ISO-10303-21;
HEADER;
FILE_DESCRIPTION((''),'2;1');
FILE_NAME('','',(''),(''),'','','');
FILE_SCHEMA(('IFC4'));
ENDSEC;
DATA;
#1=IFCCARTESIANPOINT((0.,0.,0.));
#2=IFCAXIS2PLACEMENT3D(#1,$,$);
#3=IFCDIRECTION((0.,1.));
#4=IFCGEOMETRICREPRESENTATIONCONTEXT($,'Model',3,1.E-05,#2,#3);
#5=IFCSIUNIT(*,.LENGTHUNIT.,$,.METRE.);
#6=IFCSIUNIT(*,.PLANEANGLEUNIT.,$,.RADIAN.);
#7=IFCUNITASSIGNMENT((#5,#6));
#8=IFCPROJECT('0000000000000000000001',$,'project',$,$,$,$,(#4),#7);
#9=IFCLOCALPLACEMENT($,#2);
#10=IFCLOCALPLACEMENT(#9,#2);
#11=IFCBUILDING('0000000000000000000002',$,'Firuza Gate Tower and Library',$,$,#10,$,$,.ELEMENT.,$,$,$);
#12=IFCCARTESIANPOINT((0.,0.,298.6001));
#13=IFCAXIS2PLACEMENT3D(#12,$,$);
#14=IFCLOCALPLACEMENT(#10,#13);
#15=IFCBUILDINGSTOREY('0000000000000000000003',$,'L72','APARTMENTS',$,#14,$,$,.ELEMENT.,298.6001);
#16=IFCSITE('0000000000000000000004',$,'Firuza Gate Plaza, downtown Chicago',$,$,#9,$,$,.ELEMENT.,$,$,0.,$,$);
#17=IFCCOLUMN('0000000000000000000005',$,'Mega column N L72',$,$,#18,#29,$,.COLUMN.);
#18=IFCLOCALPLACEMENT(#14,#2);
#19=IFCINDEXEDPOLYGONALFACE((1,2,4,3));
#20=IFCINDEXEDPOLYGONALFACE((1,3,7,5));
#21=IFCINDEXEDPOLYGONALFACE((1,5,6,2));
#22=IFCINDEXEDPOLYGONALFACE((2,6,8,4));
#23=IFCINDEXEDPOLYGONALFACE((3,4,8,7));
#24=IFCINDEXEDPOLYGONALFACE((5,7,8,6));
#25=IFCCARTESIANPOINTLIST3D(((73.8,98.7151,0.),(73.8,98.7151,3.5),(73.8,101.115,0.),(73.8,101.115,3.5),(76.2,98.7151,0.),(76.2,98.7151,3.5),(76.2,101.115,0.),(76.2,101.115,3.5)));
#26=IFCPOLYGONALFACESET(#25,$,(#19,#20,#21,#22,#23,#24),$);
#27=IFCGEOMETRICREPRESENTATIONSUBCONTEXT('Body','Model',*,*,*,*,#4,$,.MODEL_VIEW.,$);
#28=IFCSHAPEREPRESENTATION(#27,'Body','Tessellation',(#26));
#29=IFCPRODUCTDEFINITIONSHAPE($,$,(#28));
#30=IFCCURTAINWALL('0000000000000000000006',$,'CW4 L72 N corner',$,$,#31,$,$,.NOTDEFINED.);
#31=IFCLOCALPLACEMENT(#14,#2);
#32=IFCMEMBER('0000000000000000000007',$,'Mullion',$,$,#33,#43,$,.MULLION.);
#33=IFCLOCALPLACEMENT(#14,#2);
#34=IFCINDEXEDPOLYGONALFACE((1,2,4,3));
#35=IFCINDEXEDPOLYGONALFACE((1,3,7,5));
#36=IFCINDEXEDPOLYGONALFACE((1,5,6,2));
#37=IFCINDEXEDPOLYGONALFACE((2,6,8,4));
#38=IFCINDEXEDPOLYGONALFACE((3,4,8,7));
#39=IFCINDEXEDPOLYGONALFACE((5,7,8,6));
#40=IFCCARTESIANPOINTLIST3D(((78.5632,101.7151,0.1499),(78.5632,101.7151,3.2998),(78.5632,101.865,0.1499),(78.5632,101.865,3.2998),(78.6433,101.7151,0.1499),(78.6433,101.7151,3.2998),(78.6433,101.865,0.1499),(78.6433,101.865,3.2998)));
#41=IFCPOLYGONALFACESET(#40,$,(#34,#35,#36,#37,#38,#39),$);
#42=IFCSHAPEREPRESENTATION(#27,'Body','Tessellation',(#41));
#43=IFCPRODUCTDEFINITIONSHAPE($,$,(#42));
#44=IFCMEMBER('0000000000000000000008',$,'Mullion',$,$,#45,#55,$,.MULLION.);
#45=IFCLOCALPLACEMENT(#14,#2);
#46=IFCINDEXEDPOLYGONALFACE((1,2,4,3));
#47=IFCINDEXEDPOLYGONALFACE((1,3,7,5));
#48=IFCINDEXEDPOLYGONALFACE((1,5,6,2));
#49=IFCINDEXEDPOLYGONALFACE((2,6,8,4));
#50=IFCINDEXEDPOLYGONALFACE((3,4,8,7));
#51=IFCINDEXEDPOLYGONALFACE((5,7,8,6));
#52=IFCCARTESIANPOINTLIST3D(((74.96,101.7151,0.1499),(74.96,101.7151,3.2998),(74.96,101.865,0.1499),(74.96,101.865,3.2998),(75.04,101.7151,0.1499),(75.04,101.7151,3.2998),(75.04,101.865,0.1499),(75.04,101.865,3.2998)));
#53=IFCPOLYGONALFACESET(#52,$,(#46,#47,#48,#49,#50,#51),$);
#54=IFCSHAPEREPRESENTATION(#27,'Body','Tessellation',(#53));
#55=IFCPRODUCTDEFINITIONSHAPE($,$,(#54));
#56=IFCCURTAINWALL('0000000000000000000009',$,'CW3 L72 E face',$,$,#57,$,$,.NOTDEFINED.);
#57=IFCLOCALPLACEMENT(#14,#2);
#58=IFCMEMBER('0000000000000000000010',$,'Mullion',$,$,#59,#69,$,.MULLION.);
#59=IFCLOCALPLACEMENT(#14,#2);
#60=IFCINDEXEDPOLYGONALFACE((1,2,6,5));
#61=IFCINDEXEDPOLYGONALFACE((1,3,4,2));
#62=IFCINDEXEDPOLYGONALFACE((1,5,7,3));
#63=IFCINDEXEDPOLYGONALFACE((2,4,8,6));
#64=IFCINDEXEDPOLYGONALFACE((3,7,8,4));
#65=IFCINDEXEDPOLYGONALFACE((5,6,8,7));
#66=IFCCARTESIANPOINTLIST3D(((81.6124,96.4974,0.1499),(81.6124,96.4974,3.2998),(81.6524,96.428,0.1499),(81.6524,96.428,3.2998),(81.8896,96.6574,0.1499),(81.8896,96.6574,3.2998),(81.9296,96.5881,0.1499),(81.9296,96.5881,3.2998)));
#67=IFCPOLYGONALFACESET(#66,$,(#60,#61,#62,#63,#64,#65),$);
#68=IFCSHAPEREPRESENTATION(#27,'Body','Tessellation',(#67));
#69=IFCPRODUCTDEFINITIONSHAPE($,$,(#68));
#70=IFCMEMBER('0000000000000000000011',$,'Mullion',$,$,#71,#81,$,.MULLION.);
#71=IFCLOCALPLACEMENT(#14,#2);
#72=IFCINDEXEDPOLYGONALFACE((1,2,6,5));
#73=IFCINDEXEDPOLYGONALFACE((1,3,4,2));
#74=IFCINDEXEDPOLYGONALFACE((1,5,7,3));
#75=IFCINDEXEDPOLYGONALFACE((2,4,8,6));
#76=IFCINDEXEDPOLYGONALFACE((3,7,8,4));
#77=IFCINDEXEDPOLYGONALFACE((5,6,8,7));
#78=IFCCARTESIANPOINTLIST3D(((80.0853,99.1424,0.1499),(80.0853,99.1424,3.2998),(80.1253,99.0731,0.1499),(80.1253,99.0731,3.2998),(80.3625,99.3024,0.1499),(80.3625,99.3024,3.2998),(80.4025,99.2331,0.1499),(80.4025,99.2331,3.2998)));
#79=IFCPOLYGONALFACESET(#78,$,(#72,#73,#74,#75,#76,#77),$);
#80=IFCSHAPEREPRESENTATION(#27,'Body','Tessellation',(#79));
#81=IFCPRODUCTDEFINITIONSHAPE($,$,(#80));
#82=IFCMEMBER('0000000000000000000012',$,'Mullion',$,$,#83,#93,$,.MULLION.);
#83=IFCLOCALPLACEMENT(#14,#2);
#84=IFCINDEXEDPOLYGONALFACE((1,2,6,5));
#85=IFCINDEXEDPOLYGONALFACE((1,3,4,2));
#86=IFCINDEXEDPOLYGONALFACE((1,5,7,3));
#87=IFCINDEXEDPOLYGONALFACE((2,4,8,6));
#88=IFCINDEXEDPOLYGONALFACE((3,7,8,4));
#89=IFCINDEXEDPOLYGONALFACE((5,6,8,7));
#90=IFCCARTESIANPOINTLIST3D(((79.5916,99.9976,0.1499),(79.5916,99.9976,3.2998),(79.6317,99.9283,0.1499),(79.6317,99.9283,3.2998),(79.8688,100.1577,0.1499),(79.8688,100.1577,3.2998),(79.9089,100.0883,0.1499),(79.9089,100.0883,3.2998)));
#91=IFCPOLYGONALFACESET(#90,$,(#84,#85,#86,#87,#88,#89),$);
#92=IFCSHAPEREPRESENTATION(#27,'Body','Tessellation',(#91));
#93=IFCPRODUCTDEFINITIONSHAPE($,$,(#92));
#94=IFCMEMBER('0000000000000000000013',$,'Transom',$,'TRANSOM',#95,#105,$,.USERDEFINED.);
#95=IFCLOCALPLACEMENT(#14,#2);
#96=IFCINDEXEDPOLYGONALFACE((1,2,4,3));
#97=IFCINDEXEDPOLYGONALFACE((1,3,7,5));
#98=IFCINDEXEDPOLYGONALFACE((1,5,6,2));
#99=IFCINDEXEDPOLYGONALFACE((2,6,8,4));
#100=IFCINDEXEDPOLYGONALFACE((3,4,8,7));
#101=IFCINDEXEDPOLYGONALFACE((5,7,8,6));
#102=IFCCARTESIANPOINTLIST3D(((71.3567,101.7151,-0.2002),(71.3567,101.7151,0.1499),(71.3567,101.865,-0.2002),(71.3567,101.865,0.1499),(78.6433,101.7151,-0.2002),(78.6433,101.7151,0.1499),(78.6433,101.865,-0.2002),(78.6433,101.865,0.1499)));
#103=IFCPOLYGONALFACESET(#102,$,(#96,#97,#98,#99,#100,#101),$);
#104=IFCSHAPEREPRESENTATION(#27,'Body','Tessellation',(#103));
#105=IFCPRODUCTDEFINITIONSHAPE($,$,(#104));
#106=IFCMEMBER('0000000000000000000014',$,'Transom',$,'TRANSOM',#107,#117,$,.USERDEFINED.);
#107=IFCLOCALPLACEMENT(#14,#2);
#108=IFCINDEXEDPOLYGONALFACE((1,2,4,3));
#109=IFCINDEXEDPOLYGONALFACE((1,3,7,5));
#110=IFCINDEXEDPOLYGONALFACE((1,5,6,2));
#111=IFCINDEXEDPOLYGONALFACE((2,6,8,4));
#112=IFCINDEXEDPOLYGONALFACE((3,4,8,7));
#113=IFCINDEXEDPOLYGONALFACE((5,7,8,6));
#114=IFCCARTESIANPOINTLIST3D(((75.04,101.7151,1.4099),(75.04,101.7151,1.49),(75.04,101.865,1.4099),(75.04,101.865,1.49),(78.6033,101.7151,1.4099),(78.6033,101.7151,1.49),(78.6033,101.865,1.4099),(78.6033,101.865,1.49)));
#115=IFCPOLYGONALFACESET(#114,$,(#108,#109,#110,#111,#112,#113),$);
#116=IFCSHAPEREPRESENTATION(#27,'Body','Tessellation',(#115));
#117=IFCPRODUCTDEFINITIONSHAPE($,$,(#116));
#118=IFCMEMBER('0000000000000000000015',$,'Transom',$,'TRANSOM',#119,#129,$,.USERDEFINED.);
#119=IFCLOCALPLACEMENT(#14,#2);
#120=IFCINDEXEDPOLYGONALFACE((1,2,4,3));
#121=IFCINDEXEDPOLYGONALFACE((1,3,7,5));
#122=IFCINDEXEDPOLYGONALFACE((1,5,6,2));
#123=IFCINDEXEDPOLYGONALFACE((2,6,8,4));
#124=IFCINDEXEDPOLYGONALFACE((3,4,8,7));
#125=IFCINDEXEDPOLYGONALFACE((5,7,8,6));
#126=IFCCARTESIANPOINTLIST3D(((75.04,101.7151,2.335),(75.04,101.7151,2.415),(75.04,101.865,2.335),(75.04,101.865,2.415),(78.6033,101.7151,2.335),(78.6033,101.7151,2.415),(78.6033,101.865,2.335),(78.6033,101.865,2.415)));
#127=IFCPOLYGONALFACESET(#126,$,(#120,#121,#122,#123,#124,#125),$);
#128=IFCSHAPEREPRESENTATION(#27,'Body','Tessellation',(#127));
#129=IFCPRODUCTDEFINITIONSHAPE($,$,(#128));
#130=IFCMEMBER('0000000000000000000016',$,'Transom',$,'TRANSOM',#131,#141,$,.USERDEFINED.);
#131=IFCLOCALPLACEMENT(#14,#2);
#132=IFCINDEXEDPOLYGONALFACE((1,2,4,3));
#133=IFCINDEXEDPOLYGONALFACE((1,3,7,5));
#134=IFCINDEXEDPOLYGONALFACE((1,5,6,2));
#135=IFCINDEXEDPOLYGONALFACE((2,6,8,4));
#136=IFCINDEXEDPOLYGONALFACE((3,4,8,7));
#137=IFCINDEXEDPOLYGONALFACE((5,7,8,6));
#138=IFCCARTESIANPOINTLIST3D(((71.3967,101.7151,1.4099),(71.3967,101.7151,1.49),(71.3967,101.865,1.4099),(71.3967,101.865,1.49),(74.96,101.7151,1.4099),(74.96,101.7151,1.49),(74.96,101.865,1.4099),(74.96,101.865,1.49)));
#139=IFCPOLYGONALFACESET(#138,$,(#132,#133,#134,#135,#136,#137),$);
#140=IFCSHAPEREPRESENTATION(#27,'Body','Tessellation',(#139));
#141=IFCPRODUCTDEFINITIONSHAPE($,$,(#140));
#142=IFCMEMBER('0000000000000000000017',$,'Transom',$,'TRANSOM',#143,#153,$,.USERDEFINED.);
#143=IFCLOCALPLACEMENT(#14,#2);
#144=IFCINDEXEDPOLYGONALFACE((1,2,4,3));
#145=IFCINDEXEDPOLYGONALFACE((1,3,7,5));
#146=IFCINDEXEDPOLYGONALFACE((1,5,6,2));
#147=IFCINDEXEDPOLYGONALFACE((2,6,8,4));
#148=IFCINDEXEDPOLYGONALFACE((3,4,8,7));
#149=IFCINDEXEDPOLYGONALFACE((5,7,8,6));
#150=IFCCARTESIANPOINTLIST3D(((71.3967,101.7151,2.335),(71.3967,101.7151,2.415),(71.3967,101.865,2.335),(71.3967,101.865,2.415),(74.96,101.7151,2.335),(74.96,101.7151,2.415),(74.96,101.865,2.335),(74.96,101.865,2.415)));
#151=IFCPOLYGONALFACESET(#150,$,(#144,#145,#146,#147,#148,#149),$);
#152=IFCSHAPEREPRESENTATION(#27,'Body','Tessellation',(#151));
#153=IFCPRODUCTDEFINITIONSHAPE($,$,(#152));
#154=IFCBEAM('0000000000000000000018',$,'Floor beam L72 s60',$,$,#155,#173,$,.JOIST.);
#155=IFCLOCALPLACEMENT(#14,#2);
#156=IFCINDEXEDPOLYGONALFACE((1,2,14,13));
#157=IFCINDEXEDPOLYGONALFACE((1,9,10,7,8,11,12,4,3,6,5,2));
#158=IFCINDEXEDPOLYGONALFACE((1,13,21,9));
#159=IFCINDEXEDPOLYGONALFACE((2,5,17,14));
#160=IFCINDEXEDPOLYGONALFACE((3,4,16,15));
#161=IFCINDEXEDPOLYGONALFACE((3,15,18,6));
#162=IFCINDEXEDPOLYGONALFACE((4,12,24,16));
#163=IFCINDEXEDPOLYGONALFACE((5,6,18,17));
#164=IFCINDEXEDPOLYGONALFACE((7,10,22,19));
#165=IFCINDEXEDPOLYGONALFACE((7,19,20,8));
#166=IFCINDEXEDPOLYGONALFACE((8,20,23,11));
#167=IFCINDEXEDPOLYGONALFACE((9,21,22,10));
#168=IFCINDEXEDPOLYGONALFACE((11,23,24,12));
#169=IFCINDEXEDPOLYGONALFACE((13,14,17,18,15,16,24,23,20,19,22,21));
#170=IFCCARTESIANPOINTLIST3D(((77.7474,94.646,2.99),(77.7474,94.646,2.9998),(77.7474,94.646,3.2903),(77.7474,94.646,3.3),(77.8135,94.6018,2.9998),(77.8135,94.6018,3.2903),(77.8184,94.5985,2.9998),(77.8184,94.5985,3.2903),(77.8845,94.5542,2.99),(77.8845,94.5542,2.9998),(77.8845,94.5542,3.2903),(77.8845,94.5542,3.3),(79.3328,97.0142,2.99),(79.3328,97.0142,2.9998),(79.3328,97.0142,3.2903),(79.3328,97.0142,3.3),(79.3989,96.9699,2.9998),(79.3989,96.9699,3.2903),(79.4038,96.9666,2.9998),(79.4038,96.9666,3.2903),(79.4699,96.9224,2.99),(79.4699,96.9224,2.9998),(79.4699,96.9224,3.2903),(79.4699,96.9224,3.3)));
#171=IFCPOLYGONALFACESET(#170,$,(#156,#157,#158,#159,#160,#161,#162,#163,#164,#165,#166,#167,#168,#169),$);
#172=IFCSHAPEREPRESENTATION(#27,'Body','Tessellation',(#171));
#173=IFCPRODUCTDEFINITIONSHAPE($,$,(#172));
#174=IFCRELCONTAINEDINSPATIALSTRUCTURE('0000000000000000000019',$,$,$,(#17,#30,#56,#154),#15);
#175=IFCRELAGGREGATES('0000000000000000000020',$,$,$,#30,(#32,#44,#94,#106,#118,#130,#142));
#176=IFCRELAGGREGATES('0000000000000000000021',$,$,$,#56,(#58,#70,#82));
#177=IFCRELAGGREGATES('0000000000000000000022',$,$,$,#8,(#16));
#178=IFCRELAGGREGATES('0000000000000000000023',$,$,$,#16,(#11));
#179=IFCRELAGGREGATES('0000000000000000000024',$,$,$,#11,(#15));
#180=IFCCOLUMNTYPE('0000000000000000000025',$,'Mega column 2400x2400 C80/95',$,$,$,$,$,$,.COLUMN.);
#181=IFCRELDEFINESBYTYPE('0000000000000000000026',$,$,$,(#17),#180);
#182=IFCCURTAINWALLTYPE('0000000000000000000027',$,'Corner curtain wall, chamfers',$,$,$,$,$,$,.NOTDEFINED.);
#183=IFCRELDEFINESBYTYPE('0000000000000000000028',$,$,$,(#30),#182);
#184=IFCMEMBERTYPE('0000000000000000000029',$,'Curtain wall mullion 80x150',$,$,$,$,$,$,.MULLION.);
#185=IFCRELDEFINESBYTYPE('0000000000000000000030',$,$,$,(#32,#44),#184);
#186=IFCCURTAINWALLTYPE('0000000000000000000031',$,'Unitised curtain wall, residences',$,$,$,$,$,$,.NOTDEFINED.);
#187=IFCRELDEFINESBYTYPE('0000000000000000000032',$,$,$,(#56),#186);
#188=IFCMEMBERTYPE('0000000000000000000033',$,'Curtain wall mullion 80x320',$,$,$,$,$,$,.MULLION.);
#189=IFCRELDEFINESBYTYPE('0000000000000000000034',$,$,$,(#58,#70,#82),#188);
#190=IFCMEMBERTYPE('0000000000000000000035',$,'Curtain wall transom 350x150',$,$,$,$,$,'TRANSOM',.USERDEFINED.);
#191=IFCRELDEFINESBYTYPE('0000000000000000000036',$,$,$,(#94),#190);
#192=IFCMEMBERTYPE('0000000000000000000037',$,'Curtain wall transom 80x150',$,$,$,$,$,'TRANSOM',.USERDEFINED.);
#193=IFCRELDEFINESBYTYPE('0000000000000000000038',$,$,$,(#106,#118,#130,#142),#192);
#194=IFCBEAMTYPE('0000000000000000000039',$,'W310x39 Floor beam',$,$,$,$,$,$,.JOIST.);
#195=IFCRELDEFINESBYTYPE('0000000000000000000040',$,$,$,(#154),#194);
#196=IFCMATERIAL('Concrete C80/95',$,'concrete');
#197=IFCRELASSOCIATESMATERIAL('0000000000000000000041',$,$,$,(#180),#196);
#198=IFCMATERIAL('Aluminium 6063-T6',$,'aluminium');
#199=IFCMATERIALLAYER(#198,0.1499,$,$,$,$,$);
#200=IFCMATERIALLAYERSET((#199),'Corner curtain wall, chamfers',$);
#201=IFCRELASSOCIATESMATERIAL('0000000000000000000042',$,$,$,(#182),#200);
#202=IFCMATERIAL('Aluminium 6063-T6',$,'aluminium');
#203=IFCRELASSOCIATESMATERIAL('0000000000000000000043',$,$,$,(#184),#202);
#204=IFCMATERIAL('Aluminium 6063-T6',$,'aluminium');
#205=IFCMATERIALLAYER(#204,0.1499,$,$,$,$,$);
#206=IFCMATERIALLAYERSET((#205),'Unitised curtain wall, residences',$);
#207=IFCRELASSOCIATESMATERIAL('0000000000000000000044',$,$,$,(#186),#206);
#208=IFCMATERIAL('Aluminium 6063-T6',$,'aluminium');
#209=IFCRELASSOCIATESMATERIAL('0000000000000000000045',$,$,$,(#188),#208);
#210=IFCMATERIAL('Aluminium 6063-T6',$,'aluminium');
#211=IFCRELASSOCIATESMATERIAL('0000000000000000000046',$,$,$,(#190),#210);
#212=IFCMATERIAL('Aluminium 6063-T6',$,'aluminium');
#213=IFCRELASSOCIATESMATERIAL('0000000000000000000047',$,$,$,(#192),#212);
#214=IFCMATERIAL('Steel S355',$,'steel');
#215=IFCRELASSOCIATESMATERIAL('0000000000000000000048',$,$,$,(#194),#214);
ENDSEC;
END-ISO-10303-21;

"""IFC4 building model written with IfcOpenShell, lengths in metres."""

from ifc_helpers import new_model, si_unit, direction, frame, origin, origin_2d, place, context, subcontext, project, spatial, rectangle, i_section, extrude, material, layer, layer_set, material_profile, profile_set, type_object, element, aggregate, save


model = new_model("IFC4")

# Units and contexts
model_context = context("Model", 3, precision=1e-05, world=origin(), true_north=direction((0.0, 1.0)))
body_context = subcontext(model_context, "Body", "Model", "MODEL_VIEW")
ifc_project = project(units=[si_unit("LENGTHUNIT", "METRE"), si_unit("PLANEANGLEUNIT", "RADIAN")], contexts=[model_context])

# Site, building, storey
site_placement = place(None, origin())
site = spatial("IfcSite", under=ifc_project, at=site_placement, Name="Firuza Gate Plaza, downtown Chicago", CompositionType="ELEMENT", RefElevation=0.0)
building_placement = place(site_placement, origin())
building = spatial("IfcBuilding", under=site, at=building_placement, Name="Firuza Gate Tower and Library", CompositionType="ELEMENT")
storey_placement = place(building_placement, frame((0.0, 0.0, 298.6001)))
storey = spatial("IfcBuildingStorey", under=building, at=storey_placement, Name="L72", Description="APARTMENTS", CompositionType="ELEMENT", Elevation=298.6001)

# Column
ifc_material_1 = material(Name="Concrete C80/95", Category="concrete")
ifc_material_profile_1 = material_profile(ifc_material_1, rectangle(XDim=2.3999, YDim=2.3999, at=origin_2d()))
ifc_profile_set_1 = profile_set([ifc_material_profile_1], Name="Concrete C80/95")
column_type = type_object("IfcColumnType", Name="Mega column 2400x2400 C80/95", PredefinedType="COLUMN", material=ifc_profile_set_1)
column_placement = place(storey_placement, frame((75.0, 99.915, 0.0), z_axis=(0.0, 0.0, 1.0), x_axis=(-1.0, 0.0, 0.0)))
element("IfcColumn", 1, at=column_placement, inside=storey, type_object=column_type, Name="Mega column N L72", PredefinedType="COLUMN", context=body_context, shape_type="SweptSolid", body=[
    extrude(rectangle(XDim=2.3999, YDim=2.3999, at=origin_2d()), origin(), (0.0, 0.0, 1.0), 3.5),
])

# Curtain walls, members
ifc_material_2 = material(Name="Aluminium 6063-T6", Category="aluminium")
ifc_layer_1 = layer(ifc_material_2, 0.1499)
ifc_layer_set_1 = layer_set([ifc_layer_1], Name="Corner curtain wall, chamfers")
curtain_wall_type_1 = type_object("IfcCurtainWallType", Name="Corner curtain wall, chamfers", PredefinedType="NOTDEFINED", material=ifc_layer_set_1)
placement = place(storey_placement, origin())
curtain_wall_1 = element("IfcCurtainWall", 2, at=placement, inside=storey, type_object=curtain_wall_type_1, Name="CW4 L72 N corner", PredefinedType="NOTDEFINED")
ifc_material_3 = material(Name="Aluminium 6063-T6", Category="aluminium")
ifc_material_profile_2 = material_profile(ifc_material_3, rectangle(XDim=0.1499, YDim=0.0801, at=origin_2d()))
ifc_profile_set_2 = profile_set([ifc_material_profile_2], Name="Aluminium 6063-T6")
member_type_1 = type_object("IfcMemberType", Name="Curtain wall mullion 80x150", PredefinedType="MULLION", material=ifc_profile_set_2)
member_1_placement = place(storey_placement, frame((78.6033, 101.79, 0.1499), z_axis=(0.0, 0.0, 1.0), x_axis=(0.0, -1.0, 0.0)))
member_1 = element("IfcMember", 3, at=member_1_placement, type_object=member_type_1, Name="Mullion", PredefinedType="MULLION", context=body_context, shape_type="SweptSolid", body=[
    extrude(rectangle(XDim=0.1499, YDim=0.0801, at=origin_2d()), origin(), (0.0, 0.0, 1.0), 3.1499),
])
member_2_placement = place(storey_placement, frame((75.0, 101.79, 0.1499), z_axis=(0.0, 0.0, 1.0), x_axis=(0.0, -1.0, 0.0)))
member_2 = element("IfcMember", 4, at=member_2_placement, type_object=member_type_1, Name="Mullion", PredefinedType="MULLION", context=body_context, shape_type="SweptSolid", body=[
    extrude(rectangle(XDim=0.1499, YDim=0.0801, at=origin_2d()), origin(), (0.0, 0.0, 1.0), 3.1499),
])
ifc_material_4 = material(Name="Aluminium 6063-T6", Category="aluminium")
ifc_layer_2 = layer(ifc_material_4, 0.1499)
ifc_layer_set_2 = layer_set([ifc_layer_2], Name="Unitised curtain wall, residences")
curtain_wall_type_2 = type_object("IfcCurtainWallType", Name="Unitised curtain wall, residences", PredefinedType="NOTDEFINED", material=ifc_layer_set_2)
curtain_wall_2 = element("IfcCurtainWall", 5, at=placement, inside=storey, type_object=curtain_wall_type_2, Name="CW3 L72 E face", PredefinedType="NOTDEFINED")
ifc_material_5 = material(Name="Aluminium 6063-T6", Category="aluminium")
ifc_material_profile_3 = material_profile(ifc_material_5, rectangle(XDim=0.3201, YDim=0.0801, at=origin_2d()))
ifc_profile_set_3 = profile_set([ifc_material_profile_3], Name="Aluminium 6063-T6")
member_type_2 = type_object("IfcMemberType", Name="Curtain wall mullion 80x320", PredefinedType="MULLION", material=ifc_profile_set_3)
member_3_placement = place(storey_placement, frame((81.771, 96.5427, 0.1499), z_axis=(0.0, 0.0, 1.0), x_axis=(-0.866025, -0.5, 0.0)))
member_3 = element("IfcMember", 6, at=member_3_placement, type_object=member_type_2, Name="Mullion", PredefinedType="MULLION", context=body_context, shape_type="SweptSolid", body=[
    extrude(rectangle(XDim=0.3201, YDim=0.0801, at=origin_2d()), origin(), (0.0, 0.0, 1.0), 3.1499),
])
member_4_placement = place(storey_placement, frame((80.2439, 99.1877, 0.1499), z_axis=(0.0, 0.0, 1.0), x_axis=(-0.866025, -0.5, 0.0)))
member_4 = element("IfcMember", 7, at=member_4_placement, type_object=member_type_2, Name="Mullion", PredefinedType="MULLION", context=body_context, shape_type="SweptSolid", body=[
    extrude(rectangle(XDim=0.3201, YDim=0.0801, at=origin_2d()), origin(), (0.0, 0.0, 1.0), 3.1499),
])
member_5_placement = place(storey_placement, frame((79.7502, 100.043, 0.1499), z_axis=(0.0, 0.0, 1.0), x_axis=(-0.866025, -0.5, 0.0)))
member_5 = element("IfcMember", 8, at=member_5_placement, type_object=member_type_2, Name="Mullion", PredefinedType="MULLION", context=body_context, shape_type="SweptSolid", body=[
    extrude(rectangle(XDim=0.3201, YDim=0.0801, at=origin_2d()), origin(), (0.0, 0.0, 1.0), 3.1499),
])

# Members
ifc_material_6 = material(Name="Aluminium 6063-T6", Category="aluminium")
ifc_material_profile_4 = material_profile(ifc_material_6, rectangle(XDim=0.1499, YDim=0.3501, at=origin_2d()))
ifc_profile_set_4 = profile_set([ifc_material_profile_4], Name="Aluminium 6063-T6")
member_type_3 = type_object("IfcMemberType", Name="Curtain wall transom 350x150", ElementType="TRANSOM", PredefinedType="USERDEFINED", material=ifc_profile_set_4)
member_6_placement = place(storey_placement, frame((78.6433, 101.79, -0.0251), z_axis=(-1.0, 0.0, 0.0), x_axis=(0.0, -1.0, 0.0)))
member_6 = element("IfcMember", 9, at=member_6_placement, type_object=member_type_3, Name="Transom", ObjectType="TRANSOM", PredefinedType="USERDEFINED", context=body_context, shape_type="SweptSolid", body=[
    extrude(rectangle(XDim=0.1499, YDim=0.3501, at=origin_2d()), origin(), (0.0, 0.0, 1.0), 7.2866),
])
ifc_material_7 = material(Name="Aluminium 6063-T6", Category="aluminium")
ifc_material_profile_5 = material_profile(ifc_material_7, rectangle(XDim=0.1499, YDim=0.0801, at=origin_2d()))
ifc_profile_set_5 = profile_set([ifc_material_profile_5], Name="Aluminium 6063-T6")
member_type_4 = type_object("IfcMemberType", Name="Curtain wall transom 80x150", ElementType="TRANSOM", PredefinedType="USERDEFINED", material=ifc_profile_set_5)
member_7_placement = place(storey_placement, frame((78.6033, 101.79, 1.45), z_axis=(-1.0, 0.0, 0.0), x_axis=(0.0, -1.0, 0.0)))
member_7 = element("IfcMember", 10, at=member_7_placement, type_object=member_type_4, Name="Transom", ObjectType="TRANSOM", PredefinedType="USERDEFINED", context=body_context, shape_type="SweptSolid", body=[
    extrude(rectangle(XDim=0.1499, YDim=0.0801, at=origin_2d()), origin(), (0.0, 0.0, 1.0), 3.5632),
])
member_8_placement = place(storey_placement, frame((78.6033, 101.79, 2.375), z_axis=(-1.0, 0.0, 0.0), x_axis=(0.0, -1.0, 0.0)))
member_8 = element("IfcMember", 11, at=member_8_placement, type_object=member_type_4, Name="Transom", ObjectType="TRANSOM", PredefinedType="USERDEFINED", context=body_context, shape_type="SweptSolid", body=[
    extrude(rectangle(XDim=0.1499, YDim=0.0801, at=origin_2d()), origin(), (0.0, 0.0, 1.0), 3.5632),
])
member_9_placement = place(storey_placement, frame((74.96, 101.79, 1.45), z_axis=(-1.0, 0.0, 0.0), x_axis=(0.0, -1.0, 0.0)))
member_9 = element("IfcMember", 12, at=member_9_placement, type_object=member_type_4, Name="Transom", ObjectType="TRANSOM", PredefinedType="USERDEFINED", context=body_context, shape_type="SweptSolid", body=[
    extrude(rectangle(XDim=0.1499, YDim=0.0801, at=origin_2d()), origin(), (0.0, 0.0, 1.0), 3.5632),
])
member_10_placement = place(storey_placement, frame((74.96, 101.79, 2.375), z_axis=(-1.0, 0.0, 0.0), x_axis=(0.0, -1.0, 0.0)))
member_10 = element("IfcMember", 13, at=member_10_placement, type_object=member_type_4, Name="Transom", ObjectType="TRANSOM", PredefinedType="USERDEFINED", context=body_context, shape_type="SweptSolid", body=[
    extrude(rectangle(XDim=0.1499, YDim=0.0801, at=origin_2d()), origin(), (0.0, 0.0, 1.0), 3.5632),
])

# Beam
ifc_material_8 = material(Name="Steel S355", Category="steel")
ifc_material_profile_6 = material_profile(ifc_material_8, i_section(OverallWidth=0.165, OverallDepth=0.3101, WebThickness=0.0059, FlangeThickness=0.0098, at=origin_2d()))
ifc_profile_set_6 = profile_set([ifc_material_profile_6], Name="Steel S355")
beam_type_1 = type_object("IfcBeamType", Name="W310x39 Floor beam", PredefinedType="JOIST", material=ifc_profile_set_6)
beam_1_placement = place(storey_placement, frame((79.4014, 96.9683, 3.145), z_axis=(-0.55632, -0.830968, 0.0), x_axis=(0.830968, -0.55632, 0.0)))
element("IfcBeam", 14, at=beam_1_placement, inside=storey, type_object=beam_type_1, Name="Floor beam L72 s60", PredefinedType="JOIST", context=body_context, shape_type="SweptSolid", body=[
    extrude(i_section(OverallWidth=0.165, OverallDepth=0.3101, WebThickness=0.0059, FlangeThickness=0.0098, at=origin_2d()), origin(), (0.0, 0.0, 1.0), 2.8499),
])

aggregate(curtain_wall_1, [member_1, member_2, member_6, member_7, member_8, member_9, member_10])
aggregate(curtain_wall_2, [member_3, member_4, member_5])

save(model, "model.ifc")
